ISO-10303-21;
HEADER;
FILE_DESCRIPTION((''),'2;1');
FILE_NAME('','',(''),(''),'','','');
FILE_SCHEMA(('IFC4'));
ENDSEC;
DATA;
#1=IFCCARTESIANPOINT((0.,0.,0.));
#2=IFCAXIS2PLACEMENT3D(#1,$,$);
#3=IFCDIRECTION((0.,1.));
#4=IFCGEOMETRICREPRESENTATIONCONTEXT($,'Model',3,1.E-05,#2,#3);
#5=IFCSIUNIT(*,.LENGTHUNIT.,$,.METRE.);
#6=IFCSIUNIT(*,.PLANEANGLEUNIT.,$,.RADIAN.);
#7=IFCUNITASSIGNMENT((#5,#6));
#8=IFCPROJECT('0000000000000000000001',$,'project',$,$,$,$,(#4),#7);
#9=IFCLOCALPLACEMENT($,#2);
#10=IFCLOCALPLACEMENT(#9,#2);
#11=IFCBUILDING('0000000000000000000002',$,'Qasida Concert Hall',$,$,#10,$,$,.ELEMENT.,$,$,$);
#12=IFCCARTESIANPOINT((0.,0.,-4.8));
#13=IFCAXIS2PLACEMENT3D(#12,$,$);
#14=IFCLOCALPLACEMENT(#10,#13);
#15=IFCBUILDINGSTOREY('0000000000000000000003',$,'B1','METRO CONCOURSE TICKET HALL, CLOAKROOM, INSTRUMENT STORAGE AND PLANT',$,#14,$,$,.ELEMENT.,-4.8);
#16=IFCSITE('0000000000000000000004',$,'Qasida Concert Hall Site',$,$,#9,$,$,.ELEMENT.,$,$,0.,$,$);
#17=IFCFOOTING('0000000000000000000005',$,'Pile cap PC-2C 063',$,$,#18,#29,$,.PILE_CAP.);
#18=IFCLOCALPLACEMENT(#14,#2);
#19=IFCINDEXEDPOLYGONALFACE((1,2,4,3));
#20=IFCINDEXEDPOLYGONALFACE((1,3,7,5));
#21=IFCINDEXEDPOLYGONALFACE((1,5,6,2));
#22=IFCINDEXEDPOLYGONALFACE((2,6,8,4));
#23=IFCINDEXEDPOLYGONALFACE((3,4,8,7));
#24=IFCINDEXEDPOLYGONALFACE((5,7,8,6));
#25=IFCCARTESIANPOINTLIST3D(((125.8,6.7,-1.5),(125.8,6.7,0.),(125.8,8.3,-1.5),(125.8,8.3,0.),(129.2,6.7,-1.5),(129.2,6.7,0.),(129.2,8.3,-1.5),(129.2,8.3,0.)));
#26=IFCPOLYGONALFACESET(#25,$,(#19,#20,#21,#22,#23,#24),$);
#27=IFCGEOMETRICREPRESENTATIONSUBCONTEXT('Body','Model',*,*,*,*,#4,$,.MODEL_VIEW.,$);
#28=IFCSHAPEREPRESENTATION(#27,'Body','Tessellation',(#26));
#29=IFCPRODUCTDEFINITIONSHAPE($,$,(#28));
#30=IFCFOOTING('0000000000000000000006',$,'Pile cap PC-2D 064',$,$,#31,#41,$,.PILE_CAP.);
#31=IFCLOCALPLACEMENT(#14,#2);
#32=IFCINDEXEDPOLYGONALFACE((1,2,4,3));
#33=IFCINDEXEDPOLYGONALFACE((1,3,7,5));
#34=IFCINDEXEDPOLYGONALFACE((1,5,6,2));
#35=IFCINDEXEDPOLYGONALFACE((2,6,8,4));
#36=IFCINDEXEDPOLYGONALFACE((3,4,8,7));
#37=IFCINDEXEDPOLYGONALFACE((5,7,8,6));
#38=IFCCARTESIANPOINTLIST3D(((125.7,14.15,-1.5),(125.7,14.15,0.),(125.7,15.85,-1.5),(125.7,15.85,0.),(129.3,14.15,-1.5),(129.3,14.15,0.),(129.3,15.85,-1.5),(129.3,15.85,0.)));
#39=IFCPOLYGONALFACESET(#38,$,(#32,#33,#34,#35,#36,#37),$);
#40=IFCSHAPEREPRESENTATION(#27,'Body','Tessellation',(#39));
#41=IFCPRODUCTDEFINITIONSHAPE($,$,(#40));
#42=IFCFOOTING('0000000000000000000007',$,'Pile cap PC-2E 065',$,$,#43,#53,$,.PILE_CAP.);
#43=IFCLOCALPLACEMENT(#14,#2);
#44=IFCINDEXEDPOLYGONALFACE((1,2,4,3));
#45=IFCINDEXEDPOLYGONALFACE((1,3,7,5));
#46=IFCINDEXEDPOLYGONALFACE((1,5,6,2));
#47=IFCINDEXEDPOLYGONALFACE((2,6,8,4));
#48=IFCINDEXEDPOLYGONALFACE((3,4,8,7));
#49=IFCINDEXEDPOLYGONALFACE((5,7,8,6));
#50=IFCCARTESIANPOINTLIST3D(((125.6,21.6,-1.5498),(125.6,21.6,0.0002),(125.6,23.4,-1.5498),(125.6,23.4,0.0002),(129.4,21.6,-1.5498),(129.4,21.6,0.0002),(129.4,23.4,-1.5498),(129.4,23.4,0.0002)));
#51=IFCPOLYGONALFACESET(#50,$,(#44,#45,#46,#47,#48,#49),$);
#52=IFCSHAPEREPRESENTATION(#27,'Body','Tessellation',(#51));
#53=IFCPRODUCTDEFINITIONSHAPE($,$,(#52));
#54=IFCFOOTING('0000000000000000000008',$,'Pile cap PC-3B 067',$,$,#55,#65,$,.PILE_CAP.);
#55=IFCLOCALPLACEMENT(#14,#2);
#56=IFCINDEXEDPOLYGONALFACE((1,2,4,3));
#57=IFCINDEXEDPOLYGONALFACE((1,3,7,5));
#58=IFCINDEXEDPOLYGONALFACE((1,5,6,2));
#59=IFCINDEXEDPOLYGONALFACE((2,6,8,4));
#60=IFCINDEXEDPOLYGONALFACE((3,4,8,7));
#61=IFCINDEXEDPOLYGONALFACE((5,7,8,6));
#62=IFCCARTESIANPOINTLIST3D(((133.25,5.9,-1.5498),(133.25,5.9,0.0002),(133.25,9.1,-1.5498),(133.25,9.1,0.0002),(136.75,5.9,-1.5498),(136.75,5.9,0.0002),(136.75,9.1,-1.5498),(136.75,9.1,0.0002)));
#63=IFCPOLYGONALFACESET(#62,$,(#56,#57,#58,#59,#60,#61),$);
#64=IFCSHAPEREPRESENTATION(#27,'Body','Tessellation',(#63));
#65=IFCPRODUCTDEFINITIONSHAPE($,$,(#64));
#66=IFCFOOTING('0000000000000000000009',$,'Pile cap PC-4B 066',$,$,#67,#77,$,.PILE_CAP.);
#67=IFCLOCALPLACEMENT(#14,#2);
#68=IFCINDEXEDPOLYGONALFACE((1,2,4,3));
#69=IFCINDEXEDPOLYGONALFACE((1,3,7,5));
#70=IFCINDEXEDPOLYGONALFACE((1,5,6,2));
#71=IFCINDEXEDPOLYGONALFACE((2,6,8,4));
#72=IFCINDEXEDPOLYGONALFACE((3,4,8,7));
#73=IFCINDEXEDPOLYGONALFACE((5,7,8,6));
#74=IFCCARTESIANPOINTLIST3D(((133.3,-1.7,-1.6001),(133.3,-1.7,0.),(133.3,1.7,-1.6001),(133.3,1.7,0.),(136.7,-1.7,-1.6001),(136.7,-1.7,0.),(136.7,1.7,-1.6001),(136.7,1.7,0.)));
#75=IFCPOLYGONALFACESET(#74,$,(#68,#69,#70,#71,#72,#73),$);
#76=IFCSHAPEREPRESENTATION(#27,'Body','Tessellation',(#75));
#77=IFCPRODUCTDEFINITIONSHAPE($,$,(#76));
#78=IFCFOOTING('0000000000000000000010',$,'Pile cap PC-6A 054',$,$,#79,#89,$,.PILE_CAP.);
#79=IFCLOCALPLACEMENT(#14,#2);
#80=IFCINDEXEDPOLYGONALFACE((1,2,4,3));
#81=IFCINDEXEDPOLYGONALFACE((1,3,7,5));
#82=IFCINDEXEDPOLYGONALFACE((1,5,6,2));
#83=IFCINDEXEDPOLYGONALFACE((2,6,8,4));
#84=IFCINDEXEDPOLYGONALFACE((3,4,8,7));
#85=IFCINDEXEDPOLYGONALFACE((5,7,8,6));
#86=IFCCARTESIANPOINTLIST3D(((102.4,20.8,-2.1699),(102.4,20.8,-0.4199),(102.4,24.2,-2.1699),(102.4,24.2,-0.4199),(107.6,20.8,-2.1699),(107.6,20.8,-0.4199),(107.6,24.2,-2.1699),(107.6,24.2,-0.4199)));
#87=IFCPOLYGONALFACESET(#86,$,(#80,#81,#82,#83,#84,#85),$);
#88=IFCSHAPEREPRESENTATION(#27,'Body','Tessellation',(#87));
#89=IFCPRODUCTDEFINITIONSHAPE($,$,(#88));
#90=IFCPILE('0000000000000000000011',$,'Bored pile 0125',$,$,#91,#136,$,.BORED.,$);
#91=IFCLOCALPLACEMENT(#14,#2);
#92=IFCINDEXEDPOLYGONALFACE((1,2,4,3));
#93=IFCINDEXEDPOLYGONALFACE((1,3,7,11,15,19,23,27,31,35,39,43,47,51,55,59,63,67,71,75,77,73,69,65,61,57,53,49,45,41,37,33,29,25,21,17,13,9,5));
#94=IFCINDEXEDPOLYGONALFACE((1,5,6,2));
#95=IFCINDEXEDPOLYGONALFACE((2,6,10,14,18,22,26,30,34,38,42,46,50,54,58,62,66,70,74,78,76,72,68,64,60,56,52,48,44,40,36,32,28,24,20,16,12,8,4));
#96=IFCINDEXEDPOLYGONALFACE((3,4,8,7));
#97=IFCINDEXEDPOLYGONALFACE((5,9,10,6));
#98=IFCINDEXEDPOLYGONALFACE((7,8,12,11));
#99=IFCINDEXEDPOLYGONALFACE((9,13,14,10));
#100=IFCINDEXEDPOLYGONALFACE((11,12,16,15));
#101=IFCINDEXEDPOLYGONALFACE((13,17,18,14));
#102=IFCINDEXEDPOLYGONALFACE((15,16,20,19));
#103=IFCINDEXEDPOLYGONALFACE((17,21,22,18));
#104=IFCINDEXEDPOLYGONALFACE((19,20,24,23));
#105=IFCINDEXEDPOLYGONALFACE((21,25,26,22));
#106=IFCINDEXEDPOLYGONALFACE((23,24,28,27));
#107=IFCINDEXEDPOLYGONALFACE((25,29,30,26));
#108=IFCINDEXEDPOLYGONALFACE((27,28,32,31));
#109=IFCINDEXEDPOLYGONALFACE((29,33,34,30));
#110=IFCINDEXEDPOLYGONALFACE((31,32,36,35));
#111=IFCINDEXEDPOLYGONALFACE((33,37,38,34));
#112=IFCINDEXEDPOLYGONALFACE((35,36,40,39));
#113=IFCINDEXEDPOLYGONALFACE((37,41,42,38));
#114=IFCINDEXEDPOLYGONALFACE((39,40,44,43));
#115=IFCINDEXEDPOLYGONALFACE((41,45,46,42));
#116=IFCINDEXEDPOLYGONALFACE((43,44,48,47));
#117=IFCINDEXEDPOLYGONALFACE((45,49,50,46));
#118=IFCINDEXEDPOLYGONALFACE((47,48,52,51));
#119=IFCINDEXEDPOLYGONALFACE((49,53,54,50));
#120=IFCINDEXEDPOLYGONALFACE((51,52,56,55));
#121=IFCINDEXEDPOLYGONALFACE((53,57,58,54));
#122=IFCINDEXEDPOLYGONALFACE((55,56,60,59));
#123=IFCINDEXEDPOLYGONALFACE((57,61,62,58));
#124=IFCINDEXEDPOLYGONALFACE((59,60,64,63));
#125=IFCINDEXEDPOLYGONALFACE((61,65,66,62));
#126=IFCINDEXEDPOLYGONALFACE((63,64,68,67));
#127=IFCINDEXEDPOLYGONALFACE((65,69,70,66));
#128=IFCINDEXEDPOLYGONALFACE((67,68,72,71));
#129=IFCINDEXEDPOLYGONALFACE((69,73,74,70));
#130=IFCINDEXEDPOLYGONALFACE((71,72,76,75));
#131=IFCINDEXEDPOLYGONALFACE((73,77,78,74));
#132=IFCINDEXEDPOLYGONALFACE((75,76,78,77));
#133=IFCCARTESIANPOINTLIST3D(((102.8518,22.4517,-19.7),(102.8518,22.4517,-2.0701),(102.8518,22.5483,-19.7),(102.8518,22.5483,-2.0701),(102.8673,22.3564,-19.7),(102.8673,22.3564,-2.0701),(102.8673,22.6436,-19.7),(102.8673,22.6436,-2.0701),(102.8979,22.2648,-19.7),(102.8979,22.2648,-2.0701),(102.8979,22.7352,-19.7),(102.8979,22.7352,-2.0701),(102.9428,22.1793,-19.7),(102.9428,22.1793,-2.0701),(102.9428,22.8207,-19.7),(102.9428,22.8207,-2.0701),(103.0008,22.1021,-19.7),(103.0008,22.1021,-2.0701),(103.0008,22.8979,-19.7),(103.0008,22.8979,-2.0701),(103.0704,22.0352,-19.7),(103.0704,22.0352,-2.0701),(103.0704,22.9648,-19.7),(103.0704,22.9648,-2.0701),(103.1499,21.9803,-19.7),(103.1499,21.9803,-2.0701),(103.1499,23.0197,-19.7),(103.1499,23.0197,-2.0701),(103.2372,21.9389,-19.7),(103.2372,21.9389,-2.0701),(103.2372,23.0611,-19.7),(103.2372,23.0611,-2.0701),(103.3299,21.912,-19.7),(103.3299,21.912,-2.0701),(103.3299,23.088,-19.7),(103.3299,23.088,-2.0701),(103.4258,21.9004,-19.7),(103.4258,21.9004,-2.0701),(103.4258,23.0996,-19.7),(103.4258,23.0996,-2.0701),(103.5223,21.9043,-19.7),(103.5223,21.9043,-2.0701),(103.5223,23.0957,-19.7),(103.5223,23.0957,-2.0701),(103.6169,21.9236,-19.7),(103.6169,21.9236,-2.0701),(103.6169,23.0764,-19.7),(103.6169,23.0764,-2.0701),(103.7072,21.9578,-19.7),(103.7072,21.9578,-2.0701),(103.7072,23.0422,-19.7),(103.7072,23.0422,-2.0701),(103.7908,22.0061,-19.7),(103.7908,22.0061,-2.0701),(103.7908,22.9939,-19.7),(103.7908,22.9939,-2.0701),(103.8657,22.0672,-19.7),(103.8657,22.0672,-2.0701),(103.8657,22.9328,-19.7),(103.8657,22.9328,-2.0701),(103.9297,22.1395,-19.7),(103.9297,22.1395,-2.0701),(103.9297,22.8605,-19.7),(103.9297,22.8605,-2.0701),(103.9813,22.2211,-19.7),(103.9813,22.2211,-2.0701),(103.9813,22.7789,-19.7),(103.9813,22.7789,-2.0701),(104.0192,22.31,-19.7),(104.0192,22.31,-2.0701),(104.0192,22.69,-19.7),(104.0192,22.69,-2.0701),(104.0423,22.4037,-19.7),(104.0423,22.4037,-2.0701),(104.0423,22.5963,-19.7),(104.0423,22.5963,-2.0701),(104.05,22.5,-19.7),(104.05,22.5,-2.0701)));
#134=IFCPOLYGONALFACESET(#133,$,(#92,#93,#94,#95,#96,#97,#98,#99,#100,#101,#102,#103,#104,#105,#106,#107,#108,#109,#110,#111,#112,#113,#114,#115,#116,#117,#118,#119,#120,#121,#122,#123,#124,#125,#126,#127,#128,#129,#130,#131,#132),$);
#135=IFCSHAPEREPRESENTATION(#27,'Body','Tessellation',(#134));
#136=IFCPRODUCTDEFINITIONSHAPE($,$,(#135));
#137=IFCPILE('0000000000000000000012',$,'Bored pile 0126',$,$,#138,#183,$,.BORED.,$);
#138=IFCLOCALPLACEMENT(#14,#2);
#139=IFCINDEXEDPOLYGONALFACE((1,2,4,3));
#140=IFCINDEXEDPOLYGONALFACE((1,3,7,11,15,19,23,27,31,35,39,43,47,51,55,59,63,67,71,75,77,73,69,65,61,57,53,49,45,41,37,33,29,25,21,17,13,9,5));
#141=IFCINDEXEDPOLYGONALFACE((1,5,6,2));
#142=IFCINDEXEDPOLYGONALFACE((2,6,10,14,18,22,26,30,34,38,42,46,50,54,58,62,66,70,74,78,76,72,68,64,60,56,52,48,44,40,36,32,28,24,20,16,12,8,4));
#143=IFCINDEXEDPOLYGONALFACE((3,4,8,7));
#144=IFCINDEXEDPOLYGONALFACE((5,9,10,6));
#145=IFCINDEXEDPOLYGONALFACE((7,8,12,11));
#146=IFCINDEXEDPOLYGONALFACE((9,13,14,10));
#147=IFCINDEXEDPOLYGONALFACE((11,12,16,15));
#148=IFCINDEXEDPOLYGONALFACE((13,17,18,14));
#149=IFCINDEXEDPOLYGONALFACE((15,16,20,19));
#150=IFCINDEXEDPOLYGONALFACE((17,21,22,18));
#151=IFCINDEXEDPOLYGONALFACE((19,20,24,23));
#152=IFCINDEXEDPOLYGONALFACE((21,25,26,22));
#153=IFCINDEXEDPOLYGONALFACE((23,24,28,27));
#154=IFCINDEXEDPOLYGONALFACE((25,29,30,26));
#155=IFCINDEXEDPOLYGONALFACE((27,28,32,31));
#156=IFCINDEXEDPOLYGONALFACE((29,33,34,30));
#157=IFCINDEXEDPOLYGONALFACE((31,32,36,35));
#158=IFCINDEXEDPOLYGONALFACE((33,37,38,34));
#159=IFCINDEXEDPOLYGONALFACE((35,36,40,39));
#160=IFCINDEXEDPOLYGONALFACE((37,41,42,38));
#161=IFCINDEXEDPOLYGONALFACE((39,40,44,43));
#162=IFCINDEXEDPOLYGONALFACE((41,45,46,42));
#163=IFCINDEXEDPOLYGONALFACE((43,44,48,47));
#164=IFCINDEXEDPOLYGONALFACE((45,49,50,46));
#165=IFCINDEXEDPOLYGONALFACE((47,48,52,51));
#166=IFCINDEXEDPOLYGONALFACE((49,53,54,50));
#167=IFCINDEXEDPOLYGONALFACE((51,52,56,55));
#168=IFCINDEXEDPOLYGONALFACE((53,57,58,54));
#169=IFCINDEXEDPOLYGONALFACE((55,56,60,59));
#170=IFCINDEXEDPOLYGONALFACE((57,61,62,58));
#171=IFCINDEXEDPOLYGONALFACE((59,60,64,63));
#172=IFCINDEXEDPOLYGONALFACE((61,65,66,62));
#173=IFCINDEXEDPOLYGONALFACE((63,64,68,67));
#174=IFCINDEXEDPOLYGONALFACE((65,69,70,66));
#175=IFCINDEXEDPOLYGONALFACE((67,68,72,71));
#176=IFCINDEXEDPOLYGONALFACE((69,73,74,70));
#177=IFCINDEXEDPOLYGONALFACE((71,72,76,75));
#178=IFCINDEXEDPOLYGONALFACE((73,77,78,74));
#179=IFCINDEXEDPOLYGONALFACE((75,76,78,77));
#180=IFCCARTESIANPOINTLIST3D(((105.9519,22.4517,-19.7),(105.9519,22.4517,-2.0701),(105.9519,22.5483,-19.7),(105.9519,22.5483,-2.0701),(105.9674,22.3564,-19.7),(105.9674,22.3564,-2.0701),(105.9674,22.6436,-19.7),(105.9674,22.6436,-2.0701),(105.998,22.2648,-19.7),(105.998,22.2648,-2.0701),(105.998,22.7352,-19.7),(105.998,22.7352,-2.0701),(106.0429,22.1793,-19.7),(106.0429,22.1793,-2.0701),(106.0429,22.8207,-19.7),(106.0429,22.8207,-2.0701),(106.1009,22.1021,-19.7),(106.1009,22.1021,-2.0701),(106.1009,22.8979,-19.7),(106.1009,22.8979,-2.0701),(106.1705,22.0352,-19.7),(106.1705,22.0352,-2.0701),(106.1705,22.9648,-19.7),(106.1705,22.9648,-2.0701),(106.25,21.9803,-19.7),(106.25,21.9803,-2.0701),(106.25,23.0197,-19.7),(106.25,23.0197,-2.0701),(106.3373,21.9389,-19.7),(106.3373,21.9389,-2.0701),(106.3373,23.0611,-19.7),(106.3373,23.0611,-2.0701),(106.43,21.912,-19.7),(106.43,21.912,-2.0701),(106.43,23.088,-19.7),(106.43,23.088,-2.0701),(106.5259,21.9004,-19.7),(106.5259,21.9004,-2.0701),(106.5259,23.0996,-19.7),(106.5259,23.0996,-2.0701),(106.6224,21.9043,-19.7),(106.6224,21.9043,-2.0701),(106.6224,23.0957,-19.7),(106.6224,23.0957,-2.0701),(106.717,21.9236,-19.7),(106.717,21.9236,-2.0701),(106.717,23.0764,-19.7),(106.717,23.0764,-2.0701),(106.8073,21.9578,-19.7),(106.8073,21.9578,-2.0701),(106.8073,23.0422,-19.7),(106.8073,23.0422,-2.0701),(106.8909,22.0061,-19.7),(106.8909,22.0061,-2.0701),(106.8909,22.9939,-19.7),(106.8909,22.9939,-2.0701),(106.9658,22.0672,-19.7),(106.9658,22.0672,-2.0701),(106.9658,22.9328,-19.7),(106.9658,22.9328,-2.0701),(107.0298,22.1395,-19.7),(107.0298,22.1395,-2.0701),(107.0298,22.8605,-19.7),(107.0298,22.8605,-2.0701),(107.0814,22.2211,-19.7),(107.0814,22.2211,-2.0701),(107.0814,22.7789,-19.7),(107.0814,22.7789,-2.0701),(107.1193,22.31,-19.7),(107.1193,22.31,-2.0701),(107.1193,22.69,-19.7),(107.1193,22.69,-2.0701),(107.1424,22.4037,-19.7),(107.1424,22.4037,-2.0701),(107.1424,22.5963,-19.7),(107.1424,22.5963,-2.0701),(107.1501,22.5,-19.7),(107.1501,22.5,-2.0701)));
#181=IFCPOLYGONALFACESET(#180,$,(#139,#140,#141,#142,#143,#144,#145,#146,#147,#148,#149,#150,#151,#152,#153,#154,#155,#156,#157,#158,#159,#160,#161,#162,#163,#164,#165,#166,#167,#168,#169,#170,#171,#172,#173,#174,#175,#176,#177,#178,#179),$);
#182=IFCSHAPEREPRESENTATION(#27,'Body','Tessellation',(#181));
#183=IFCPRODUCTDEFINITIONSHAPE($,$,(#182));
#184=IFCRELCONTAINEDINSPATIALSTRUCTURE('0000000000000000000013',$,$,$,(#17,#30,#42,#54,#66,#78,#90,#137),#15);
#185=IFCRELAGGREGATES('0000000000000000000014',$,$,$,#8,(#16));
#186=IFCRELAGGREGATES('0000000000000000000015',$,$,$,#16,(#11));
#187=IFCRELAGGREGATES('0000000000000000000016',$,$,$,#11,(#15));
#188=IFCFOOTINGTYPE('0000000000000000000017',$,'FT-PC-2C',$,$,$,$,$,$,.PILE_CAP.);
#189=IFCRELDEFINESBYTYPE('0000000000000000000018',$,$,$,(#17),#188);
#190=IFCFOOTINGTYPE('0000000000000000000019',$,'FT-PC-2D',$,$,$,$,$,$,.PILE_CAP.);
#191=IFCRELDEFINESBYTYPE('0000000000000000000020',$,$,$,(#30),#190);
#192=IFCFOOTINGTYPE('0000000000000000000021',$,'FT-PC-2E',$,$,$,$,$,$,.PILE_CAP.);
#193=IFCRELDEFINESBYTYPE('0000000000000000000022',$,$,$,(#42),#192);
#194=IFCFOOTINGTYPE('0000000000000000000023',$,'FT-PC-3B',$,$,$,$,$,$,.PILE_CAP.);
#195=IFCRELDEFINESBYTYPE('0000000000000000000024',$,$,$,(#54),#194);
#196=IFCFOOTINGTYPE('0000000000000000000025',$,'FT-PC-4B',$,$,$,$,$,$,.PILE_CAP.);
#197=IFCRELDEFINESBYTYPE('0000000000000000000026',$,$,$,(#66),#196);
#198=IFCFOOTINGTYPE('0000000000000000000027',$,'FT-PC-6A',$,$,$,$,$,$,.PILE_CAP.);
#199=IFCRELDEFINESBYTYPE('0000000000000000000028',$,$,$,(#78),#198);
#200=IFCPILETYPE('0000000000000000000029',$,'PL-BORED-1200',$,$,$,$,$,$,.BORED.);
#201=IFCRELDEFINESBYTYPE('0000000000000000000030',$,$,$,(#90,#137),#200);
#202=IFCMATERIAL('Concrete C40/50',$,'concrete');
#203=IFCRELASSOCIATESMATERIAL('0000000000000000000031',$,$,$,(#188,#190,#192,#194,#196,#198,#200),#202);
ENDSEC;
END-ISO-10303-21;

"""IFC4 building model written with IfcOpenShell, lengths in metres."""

from ifc_helpers import new_model, si_unit, direction, frame, origin, origin_2d, place, context, subcontext, project, spatial, rectangle, circle, extrude, material, material_profile, profile_set, type_object, element, save


model = new_model("IFC4")

# Units and contexts
model_context = context("Model", 3, precision=1e-05, world=origin(), true_north=direction((0.0, 1.0)))
body_context = subcontext(model_context, "Body", "Model", "MODEL_VIEW")
ifc_project = project(units=[si_unit("LENGTHUNIT", "METRE"), si_unit("PLANEANGLEUNIT", "RADIAN")], contexts=[model_context])

# Site, building, storey
site_placement = place(None, origin())
site = spatial("IfcSite", under=ifc_project, at=site_placement, Name="Qasida Concert Hall Site", CompositionType="ELEMENT", RefElevation=0.0)
building_placement = place(site_placement, origin())
building = spatial("IfcBuilding", under=site, at=building_placement, Name="Qasida Concert Hall", CompositionType="ELEMENT")
storey_placement = place(building_placement, frame((0.0, 0.0, -4.8)))
storey = spatial("IfcBuildingStorey", under=building, at=storey_placement, Name="B1", Description="METRO CONCOURSE TICKET HALL, CLOAKROOM, INSTRUMENT STORAGE AND PLANT", CompositionType="ELEMENT", Elevation=-4.8)

# Footings
ifc_material_1 = material(Name="Concrete C40/50", Category="concrete")
footing_type_1 = type_object("IfcFootingType", Name="FT-PC-2C", PredefinedType="PILE_CAP", material=ifc_material_1)
footing_1_placement = place(storey_placement, frame((127.5, 7.5, -1.5), z_axis=(0.0, 0.0, 1.0), x_axis=(1.0, 0.0, 0.0)))
element("IfcFooting", 1, at=footing_1_placement, inside=storey, type_object=footing_type_1, Name="Pile cap PC-2C 063", PredefinedType="PILE_CAP", context=body_context, shape_type="SweptSolid", body=[
    extrude(rectangle(XDim=3.3999, YDim=1.6001, at=origin_2d()), origin(), (0.0, 0.0, 1.0), 1.5),
])
footing_type_2 = type_object("IfcFootingType", Name="FT-PC-2D", PredefinedType="PILE_CAP", material=ifc_material_1)
footing_2_placement = place(storey_placement, frame((127.5, 15.0, -1.5), z_axis=(0.0, 0.0, 1.0), x_axis=(1.0, 0.0, 0.0)))
element("IfcFooting", 2, at=footing_2_placement, inside=storey, type_object=footing_type_2, Name="Pile cap PC-2D 064", PredefinedType="PILE_CAP", context=body_context, shape_type="SweptSolid", body=[
    extrude(rectangle(XDim=3.6001, YDim=1.7, at=origin_2d()), origin(), (0.0, 0.0, 1.0), 1.5),
])
footing_type_3 = type_object("IfcFootingType", Name="FT-PC-2E", PredefinedType="PILE_CAP", material=ifc_material_1)
footing_3_placement = place(storey_placement, frame((127.5, 22.5, -1.5498), z_axis=(0.0, 0.0, 1.0), x_axis=(1.0, 0.0, 0.0)))
element("IfcFooting", 3, at=footing_3_placement, inside=storey, type_object=footing_type_3, Name="Pile cap PC-2E 065", PredefinedType="PILE_CAP", context=body_context, shape_type="SweptSolid", body=[
    extrude(rectangle(XDim=3.8, YDim=1.8, at=origin_2d()), origin(), (0.0, 0.0, 1.0), 1.55),
])
footing_type_4 = type_object("IfcFootingType", Name="FT-PC-3B", PredefinedType="PILE_CAP", material=ifc_material_1)
footing_4_placement = place(storey_placement, frame((135.0, 7.5, -1.5498), z_axis=(0.0, 0.0, 1.0), x_axis=(1.0, 0.0, 0.0)))
element("IfcFooting", 4, at=footing_4_placement, inside=storey, type_object=footing_type_4, Name="Pile cap PC-3B 067", PredefinedType="PILE_CAP", context=body_context, shape_type="SweptSolid", body=[
    extrude(rectangle(XDim=3.5, YDim=3.2, at=origin_2d()), origin(), (0.0, 0.0, 1.0), 1.55),
])
footing_type_5 = type_object("IfcFootingType", Name="FT-PC-4B", PredefinedType="PILE_CAP", material=ifc_material_1)
footing_5_placement = place(storey_placement, frame((135.0, 0.0, -1.6001), z_axis=(0.0, 0.0, 1.0), x_axis=(1.0, 0.0, 0.0)))
element("IfcFooting", 5, at=footing_5_placement, inside=storey, type_object=footing_type_5, Name="Pile cap PC-4B 066", PredefinedType="PILE_CAP", context=body_context, shape_type="SweptSolid", body=[
    extrude(rectangle(XDim=3.3999, YDim=3.3999, at=origin_2d()), origin(), (0.0, 0.0, 1.0), 1.6001),
])
footing_type_6 = type_object("IfcFootingType", Name="FT-PC-6A", PredefinedType="PILE_CAP", material=ifc_material_1)
footing_6_placement = place(storey_placement, frame((105.0, 22.5, -2.1699), z_axis=(0.0, 0.0, 1.0), x_axis=(1.0, 0.0, 0.0)))
element("IfcFooting", 6, at=footing_6_placement, inside=storey, type_object=footing_type_6, Name="Pile cap PC-6A 054", PredefinedType="PILE_CAP", context=body_context, shape_type="SweptSolid", body=[
    extrude(rectangle(XDim=5.2, YDim=3.3999, at=origin_2d()), origin(), (0.0, 0.0, 1.0), 1.75),
])

# Piles
ifc_material_profile_1 = material_profile(ifc_material_1, circle(Radius=0.6001, at=origin_2d()), Name="BORED PILE D1200")
ifc_profile_set_1 = profile_set([ifc_material_profile_1], Name="Concrete C40/50")
pile_type_1 = type_object("IfcPileType", Name="PL-BORED-1200", PredefinedType="BORED", material=ifc_profile_set_1)
for number, where, z_axis, x_axis, name in (
    (7, (103.45, 22.5, -2.0701), (0.0, 0.0, -1.0), (1.0, 0.0, 0.0), "Bored pile 0125"),
    (8, (106.55, 22.5, -2.0701), (0.0, 0.0, -1.0), (1.0, 0.0, 0.0), "Bored pile 0126"),
):
    element("IfcPile", number, at=place(storey_placement, frame(where, z_axis=z_axis, x_axis=x_axis)), inside=storey, type_object=pile_type_1, Name=name, PredefinedType="BORED", context=body_context, shape_type="SweptSolid", body=[
        extrude(circle(Radius=0.6001, at=origin_2d()), origin(), (0.0, 0.0, 1.0), 17.6299),
    ])

save(model, "model.ifc")
